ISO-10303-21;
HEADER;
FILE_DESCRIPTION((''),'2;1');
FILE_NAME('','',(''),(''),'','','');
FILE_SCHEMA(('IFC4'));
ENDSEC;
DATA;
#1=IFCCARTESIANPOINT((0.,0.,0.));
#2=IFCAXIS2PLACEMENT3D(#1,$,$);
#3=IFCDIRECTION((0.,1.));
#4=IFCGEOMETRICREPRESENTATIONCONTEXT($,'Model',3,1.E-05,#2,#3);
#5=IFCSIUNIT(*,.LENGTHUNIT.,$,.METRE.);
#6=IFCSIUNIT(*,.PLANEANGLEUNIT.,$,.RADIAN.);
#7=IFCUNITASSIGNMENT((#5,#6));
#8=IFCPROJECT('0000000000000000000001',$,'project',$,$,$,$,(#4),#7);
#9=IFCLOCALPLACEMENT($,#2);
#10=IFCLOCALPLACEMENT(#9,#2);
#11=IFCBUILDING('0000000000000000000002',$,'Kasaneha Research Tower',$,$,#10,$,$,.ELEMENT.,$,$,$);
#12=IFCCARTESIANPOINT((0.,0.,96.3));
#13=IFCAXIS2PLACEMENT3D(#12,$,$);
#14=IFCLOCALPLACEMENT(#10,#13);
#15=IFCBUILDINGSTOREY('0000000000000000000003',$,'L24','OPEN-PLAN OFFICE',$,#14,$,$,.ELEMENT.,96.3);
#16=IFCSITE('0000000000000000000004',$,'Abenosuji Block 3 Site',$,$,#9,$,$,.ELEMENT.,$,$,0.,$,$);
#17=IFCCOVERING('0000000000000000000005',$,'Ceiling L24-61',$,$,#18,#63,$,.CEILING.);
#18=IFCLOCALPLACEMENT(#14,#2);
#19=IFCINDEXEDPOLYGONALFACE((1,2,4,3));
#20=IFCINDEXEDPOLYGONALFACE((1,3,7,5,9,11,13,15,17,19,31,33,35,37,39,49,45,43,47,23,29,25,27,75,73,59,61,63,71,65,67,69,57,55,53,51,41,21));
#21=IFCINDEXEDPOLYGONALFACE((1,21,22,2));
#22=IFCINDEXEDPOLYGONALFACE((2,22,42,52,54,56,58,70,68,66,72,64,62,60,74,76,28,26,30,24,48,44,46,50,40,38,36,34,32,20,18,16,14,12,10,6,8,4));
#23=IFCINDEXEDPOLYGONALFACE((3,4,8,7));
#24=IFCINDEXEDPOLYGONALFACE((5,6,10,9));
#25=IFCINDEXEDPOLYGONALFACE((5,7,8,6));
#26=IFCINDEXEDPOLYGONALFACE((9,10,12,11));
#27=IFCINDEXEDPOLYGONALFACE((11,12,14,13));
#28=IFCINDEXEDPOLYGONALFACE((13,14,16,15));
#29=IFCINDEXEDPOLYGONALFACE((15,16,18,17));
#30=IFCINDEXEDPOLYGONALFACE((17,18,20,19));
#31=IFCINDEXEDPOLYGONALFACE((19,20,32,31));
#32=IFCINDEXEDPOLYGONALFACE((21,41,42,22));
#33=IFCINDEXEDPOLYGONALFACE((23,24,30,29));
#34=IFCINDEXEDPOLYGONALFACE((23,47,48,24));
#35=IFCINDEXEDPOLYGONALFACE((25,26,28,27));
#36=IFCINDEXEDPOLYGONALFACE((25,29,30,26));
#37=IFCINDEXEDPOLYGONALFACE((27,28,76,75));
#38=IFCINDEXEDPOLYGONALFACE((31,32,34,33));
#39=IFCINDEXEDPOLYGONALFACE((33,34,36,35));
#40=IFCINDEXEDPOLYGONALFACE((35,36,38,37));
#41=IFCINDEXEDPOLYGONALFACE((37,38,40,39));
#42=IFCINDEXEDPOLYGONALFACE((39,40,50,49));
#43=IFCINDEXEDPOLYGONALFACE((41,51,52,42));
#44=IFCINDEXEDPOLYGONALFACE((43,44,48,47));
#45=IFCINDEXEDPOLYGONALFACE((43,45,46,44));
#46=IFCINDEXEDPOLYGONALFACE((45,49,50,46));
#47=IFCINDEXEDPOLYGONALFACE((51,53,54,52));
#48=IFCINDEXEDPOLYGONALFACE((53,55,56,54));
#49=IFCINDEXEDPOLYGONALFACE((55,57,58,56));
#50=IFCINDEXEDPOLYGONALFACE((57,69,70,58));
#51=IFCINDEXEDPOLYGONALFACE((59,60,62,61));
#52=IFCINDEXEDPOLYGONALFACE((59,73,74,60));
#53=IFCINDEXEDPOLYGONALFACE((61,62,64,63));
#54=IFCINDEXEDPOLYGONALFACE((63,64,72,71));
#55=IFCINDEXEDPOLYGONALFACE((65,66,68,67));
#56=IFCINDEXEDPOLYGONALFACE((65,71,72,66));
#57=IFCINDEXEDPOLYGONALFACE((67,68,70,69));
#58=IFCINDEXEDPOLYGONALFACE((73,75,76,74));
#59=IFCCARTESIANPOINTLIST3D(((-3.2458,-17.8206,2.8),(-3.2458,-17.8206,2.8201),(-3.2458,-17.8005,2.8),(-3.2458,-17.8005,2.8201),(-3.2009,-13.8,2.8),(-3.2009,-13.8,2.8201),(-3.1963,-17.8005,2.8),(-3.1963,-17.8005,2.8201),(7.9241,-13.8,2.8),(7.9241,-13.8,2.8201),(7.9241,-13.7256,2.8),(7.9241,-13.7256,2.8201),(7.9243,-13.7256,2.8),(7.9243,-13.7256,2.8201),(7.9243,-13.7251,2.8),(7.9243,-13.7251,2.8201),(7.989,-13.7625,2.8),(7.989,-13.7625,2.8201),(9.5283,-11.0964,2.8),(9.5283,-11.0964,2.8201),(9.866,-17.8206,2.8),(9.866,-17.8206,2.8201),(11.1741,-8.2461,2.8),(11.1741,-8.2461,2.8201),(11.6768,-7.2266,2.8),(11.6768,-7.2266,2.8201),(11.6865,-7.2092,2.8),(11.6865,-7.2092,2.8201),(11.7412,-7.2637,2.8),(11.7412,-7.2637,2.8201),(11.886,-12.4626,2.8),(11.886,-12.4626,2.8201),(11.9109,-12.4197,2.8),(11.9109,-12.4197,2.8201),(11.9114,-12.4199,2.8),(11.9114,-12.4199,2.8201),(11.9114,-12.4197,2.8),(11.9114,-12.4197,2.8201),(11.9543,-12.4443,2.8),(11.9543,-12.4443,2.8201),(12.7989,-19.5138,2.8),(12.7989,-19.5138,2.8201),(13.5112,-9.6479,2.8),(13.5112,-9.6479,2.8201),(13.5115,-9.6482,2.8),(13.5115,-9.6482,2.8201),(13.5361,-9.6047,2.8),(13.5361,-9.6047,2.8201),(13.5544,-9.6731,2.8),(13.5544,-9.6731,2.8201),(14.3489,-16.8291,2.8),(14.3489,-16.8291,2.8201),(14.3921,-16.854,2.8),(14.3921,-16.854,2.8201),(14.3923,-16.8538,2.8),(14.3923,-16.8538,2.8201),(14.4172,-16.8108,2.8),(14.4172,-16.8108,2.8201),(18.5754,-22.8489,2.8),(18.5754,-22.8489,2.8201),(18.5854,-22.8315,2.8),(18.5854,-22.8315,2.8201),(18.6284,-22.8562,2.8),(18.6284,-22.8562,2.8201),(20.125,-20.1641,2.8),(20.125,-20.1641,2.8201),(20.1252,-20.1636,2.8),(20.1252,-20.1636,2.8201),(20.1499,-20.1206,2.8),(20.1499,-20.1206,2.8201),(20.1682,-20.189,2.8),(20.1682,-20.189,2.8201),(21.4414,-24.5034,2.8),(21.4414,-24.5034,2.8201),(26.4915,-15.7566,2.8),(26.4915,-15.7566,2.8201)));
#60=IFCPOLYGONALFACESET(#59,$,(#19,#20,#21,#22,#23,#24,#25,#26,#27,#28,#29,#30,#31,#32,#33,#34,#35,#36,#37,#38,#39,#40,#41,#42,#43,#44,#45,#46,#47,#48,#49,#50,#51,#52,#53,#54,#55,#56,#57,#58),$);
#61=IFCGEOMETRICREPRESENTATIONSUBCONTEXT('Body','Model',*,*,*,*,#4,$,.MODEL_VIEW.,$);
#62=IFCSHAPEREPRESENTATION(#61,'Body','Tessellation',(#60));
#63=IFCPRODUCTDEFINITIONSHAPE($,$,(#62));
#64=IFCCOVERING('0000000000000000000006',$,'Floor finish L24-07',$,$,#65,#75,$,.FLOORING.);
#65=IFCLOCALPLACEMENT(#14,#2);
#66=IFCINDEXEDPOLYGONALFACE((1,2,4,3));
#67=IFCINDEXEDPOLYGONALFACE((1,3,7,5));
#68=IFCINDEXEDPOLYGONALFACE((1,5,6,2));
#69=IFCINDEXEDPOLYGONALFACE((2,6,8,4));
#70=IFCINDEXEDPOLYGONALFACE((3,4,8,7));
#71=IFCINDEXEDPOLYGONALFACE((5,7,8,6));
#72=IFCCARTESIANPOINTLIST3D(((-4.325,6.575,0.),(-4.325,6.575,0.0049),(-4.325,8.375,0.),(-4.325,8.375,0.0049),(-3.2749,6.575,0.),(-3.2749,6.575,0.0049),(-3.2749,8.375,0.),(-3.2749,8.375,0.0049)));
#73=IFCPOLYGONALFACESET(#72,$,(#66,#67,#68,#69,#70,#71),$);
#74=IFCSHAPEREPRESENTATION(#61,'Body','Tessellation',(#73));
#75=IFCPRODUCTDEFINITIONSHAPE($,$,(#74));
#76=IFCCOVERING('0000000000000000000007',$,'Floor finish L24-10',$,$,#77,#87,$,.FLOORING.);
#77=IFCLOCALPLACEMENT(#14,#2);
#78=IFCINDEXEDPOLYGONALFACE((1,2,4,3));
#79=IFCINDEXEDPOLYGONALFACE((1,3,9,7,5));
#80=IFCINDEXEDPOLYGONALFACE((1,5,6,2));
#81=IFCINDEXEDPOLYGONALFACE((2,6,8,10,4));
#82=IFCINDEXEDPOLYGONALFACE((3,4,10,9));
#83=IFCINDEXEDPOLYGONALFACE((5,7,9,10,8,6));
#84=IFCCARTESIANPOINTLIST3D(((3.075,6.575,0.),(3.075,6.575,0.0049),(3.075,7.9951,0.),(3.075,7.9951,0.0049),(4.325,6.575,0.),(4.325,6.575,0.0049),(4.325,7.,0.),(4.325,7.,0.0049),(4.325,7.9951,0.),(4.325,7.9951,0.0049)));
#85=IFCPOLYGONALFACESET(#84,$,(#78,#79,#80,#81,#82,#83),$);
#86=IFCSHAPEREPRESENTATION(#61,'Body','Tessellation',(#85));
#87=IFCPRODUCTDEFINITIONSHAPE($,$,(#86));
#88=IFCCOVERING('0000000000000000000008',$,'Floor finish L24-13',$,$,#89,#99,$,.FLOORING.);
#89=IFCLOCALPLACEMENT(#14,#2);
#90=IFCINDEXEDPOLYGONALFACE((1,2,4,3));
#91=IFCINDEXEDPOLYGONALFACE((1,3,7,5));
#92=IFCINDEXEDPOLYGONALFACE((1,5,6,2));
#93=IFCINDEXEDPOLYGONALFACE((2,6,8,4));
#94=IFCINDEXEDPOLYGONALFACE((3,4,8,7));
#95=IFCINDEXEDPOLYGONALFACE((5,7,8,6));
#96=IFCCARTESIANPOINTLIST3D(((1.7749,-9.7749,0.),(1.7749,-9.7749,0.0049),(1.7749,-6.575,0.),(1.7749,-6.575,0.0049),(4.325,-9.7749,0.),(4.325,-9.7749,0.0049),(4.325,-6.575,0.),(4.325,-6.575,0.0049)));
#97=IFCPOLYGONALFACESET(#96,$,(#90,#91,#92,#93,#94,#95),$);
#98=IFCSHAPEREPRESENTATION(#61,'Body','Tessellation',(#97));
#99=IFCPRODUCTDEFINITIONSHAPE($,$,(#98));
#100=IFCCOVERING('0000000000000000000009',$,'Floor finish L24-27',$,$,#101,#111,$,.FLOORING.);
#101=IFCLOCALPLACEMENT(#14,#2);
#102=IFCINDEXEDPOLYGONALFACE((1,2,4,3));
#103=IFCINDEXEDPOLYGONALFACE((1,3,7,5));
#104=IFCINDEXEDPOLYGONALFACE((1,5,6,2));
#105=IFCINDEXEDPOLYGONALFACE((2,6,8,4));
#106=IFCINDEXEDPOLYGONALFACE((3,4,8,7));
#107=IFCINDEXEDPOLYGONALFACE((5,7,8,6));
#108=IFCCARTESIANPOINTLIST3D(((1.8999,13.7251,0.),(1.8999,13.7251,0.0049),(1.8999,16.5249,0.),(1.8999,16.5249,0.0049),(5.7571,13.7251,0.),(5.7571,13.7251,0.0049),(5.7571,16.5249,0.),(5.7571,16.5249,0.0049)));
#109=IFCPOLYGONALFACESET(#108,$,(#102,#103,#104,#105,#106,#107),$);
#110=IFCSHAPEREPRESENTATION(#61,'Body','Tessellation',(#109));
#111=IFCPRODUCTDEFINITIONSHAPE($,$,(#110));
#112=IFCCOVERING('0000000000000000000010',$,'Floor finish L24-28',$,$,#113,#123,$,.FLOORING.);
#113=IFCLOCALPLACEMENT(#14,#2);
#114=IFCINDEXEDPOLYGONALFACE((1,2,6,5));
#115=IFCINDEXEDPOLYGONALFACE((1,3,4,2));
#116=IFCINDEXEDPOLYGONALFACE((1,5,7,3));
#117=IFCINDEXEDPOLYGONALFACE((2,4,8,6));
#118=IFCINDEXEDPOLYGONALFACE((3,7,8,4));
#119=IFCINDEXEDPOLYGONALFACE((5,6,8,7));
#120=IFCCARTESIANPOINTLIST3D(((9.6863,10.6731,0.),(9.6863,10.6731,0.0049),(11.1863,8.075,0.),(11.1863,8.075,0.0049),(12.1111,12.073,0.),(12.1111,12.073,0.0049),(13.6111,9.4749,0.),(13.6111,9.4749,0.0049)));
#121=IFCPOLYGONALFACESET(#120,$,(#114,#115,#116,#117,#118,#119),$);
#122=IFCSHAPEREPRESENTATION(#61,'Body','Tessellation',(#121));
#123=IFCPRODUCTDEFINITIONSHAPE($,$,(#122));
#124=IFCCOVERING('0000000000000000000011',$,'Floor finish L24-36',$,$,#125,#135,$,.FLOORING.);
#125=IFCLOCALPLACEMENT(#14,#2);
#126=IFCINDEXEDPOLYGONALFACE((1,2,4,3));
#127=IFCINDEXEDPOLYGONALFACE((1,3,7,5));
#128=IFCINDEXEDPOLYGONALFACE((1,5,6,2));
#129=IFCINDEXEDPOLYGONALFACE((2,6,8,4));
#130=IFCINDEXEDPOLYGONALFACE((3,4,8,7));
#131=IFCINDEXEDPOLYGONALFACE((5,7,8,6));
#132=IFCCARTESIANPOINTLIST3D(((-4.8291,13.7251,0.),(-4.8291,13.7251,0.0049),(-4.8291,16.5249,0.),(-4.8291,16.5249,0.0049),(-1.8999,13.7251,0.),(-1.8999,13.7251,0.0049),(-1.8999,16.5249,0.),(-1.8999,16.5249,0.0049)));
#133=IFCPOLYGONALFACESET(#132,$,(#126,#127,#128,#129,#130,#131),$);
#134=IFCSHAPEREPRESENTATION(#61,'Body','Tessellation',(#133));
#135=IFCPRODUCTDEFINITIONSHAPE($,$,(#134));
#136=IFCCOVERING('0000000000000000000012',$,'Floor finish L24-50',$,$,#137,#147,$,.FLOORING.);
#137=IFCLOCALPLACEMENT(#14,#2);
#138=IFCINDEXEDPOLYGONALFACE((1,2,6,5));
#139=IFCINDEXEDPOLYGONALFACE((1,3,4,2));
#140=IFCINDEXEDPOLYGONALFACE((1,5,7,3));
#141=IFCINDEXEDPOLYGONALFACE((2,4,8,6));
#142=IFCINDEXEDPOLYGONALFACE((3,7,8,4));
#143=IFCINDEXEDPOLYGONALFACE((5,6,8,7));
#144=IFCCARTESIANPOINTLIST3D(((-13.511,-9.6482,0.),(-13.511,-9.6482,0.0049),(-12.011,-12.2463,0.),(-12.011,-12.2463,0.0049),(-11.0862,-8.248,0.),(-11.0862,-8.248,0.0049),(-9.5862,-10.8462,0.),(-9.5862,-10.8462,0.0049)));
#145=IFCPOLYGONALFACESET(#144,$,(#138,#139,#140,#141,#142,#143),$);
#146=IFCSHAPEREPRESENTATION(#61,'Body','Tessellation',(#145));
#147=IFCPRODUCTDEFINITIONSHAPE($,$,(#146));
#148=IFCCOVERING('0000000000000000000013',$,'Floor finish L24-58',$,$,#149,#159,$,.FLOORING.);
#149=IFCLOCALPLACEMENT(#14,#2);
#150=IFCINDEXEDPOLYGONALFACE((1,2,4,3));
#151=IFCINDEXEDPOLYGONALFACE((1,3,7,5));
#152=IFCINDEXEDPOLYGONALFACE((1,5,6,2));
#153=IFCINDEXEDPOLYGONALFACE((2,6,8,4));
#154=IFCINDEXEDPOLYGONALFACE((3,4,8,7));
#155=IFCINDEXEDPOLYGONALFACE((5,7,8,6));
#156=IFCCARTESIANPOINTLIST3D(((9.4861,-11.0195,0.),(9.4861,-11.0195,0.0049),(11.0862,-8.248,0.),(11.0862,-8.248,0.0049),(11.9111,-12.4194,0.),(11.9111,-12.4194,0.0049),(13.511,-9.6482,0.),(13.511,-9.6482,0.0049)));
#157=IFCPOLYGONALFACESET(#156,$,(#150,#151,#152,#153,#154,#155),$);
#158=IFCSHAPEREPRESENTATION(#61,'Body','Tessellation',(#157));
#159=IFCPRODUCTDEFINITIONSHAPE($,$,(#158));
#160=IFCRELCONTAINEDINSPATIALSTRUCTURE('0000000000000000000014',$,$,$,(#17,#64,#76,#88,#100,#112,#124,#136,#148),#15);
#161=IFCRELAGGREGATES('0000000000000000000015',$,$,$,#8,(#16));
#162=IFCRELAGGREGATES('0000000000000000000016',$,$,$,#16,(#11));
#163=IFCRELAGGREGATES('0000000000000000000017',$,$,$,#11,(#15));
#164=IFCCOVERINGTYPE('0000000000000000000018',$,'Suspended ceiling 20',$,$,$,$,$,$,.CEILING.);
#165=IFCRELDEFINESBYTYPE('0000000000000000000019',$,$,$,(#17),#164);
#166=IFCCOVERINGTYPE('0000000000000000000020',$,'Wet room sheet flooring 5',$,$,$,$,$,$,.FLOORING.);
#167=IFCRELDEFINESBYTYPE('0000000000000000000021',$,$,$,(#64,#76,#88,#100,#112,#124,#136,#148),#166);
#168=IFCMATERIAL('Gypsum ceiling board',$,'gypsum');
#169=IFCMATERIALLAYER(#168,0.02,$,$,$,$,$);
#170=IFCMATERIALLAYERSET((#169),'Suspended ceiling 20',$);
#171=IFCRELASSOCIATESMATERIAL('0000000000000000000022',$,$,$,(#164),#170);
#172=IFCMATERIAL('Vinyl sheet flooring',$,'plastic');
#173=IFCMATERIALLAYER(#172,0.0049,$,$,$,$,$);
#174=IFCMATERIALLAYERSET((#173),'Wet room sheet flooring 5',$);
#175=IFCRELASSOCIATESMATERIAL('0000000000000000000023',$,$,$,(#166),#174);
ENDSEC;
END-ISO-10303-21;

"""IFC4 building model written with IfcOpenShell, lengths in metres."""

from ifc_helpers import new_model, si_unit, direction, frame, origin, place, context, subcontext, project, spatial, polyline, outline, extrude, material, layer, layer_set, type_object, element, save


model = new_model("IFC4")

# Units and contexts
model_context = context("Model", 3, precision=1e-05, world=origin(), true_north=direction((0.0, 1.0)))
body_context = subcontext(model_context, "Body", "Model", "MODEL_VIEW")
ifc_project = project(units=[si_unit("LENGTHUNIT", "METRE"), si_unit("PLANEANGLEUNIT", "RADIAN")], contexts=[model_context])

# Site, building, storey
site_placement = place(None, origin())
site = spatial("IfcSite", under=ifc_project, at=site_placement, Name="Abenosuji Block 3 Site", CompositionType="ELEMENT", RefElevation=0.0)
building_placement = place(site_placement, origin())
building = spatial("IfcBuilding", under=site, at=building_placement, Name="Kasaneha Research Tower", CompositionType="ELEMENT")
storey_placement = place(building_placement, frame((0.0, 0.0, 96.3)))
storey = spatial("IfcBuildingStorey", under=building, at=storey_placement, Name="L24", Description="OPEN-PLAN OFFICE", CompositionType="ELEMENT", Elevation=96.3)

# Coverings
ifc_material_1 = material(Name="Gypsum ceiling board", Category="gypsum")
ifc_layer_1 = layer(ifc_material_1, 0.02)
ifc_layer_set_1 = layer_set([ifc_layer_1], Name="Suspended ceiling 20")
covering_type_1 = type_object("IfcCoveringType", Name="Suspended ceiling 20", PredefinedType="CEILING", material=ifc_layer_set_1)
covering_1_placement = place(storey_placement, frame((0.0, 0.0, 2.8)))
element("IfcCovering", 1, at=covering_1_placement, inside=storey, type_object=covering_type_1, Name="Ceiling L24-61", PredefinedType="CEILING", context=body_context, shape_type="SweptSolid", body=[
    extrude(outline(polyline([(7.9243, -13.7256), (7.9243, -13.7251), (7.989, -13.7625), (9.5283, -11.0964), (11.886, -12.4626), (11.9109, -12.4197), (11.9114, -12.4199), (11.9114, -12.4197), (11.9543, -12.4443), (13.5544, -9.6731), (13.5115, -9.6482), (13.5115, -9.6482), (13.5112, -9.6479), (13.5361, -9.6047), (11.1741, -8.2461), (11.7412, -7.2637), (11.6768, -7.2266), (11.6865, -7.2092), (26.4915, -15.7566), (21.4414, -24.5034), (18.5754, -22.8489), (18.5854, -22.8315), (18.6284, -22.8562), (20.1682, -20.189), (20.125, -20.1641), (20.1252, -20.1636), (20.1252, -20.1636), (20.1499, -20.1206), (14.4172, -16.8108), (14.3923, -16.8538), (14.3923, -16.8538), (14.3921, -16.854), (14.3489, -16.8291), (12.7988, -19.5139), (12.8418, -19.5386), (12.8418, -19.5386), (9.866, -17.8206), (-3.2458, -17.8206), (-3.2458, -17.8005), (-3.1963, -17.8005), (-3.2009, -13.8), (7.9241, -13.8), (7.9241, -13.7256), (7.9243, -13.7256)])), origin(), (0.0, 0.0, 1.0), 0.02),
])
ifc_material_2 = material(Name="Vinyl sheet flooring", Category="plastic")
ifc_layer_2 = layer(ifc_material_2, 0.0049)
ifc_layer_set_2 = layer_set([ifc_layer_2], Name="Wet room sheet flooring 5")
covering_type_2 = type_object("IfcCoveringType", Name="Wet room sheet flooring 5", PredefinedType="FLOORING", material=ifc_layer_set_2)
covering_2_placement = place(storey_placement, origin())
element("IfcCovering", 2, at=covering_2_placement, inside=storey, type_object=covering_type_2, Name="Floor finish L24-07", PredefinedType="FLOORING", context=body_context, shape_type="SweptSolid", body=[
    extrude(outline(polyline([(-4.325, 6.575), (-4.325, 8.375), (-3.2749, 8.375), (-3.2749, 6.575), (-4.325, 6.575)])), origin(), (0.0, 0.0, 1.0), 0.0049),
])
covering_3_placement = place(storey_placement, origin())
element("IfcCovering", 3, at=covering_3_placement, inside=storey, type_object=covering_type_2, Name="Floor finish L24-10", PredefinedType="FLOORING", context=body_context, shape_type="SweptSolid", body=[
    extrude(outline(polyline([(3.075, 6.575), (3.075, 7.9951), (4.325, 7.9951), (4.325, 7.0), (4.325, 6.575), (3.075, 6.575)])), origin(), (0.0, 0.0, 1.0), 0.0049),
])
covering_4_placement = place(storey_placement, origin())
element("IfcCovering", 4, at=covering_4_placement, inside=storey, type_object=covering_type_2, Name="Floor finish L24-13", PredefinedType="FLOORING", context=body_context, shape_type="SweptSolid", body=[
    extrude(outline(polyline([(1.7749, -9.7749), (1.7749, -6.575), (4.325, -6.575), (4.325, -9.7749), (1.7749, -9.7749)])), origin(), (0.0, 0.0, 1.0), 0.0049),
])
covering_5_placement = place(storey_placement, origin())
element("IfcCovering", 5, at=covering_5_placement, inside=storey, type_object=covering_type_2, Name="Floor finish L24-27", PredefinedType="FLOORING", context=body_context, shape_type="SweptSolid", body=[
    extrude(outline(polyline([(1.8999, 16.5249), (5.7571, 16.5249), (5.7571, 13.7251), (1.8999, 13.7251), (1.8999, 16.5249)])), origin(), (0.0, 0.0, 1.0), 0.0049),
])
covering_6_placement = place(storey_placement, origin())
element("IfcCovering", 6, at=covering_6_placement, inside=storey, type_object=covering_type_2, Name="Floor finish L24-28", PredefinedType="FLOORING", context=body_context, shape_type="SweptSolid", body=[
    extrude(outline(polyline([(12.1111, 12.073), (13.6111, 9.4749), (11.1863, 8.075), (9.6863, 10.6731), (12.1111, 12.073)])), origin(), (0.0, 0.0, 1.0), 0.0049),
])
covering_7_placement = place(storey_placement, origin())
element("IfcCovering", 7, at=covering_7_placement, inside=storey, type_object=covering_type_2, Name="Floor finish L24-36", PredefinedType="FLOORING", context=body_context, shape_type="SweptSolid", body=[
    extrude(outline(polyline([(-4.8291, 16.5249), (-1.8999, 16.5249), (-1.8999, 13.7251), (-4.8291, 13.7251), (-4.8291, 16.5249)])), origin(), (0.0, 0.0, 1.0), 0.0049),
])
covering_8_placement = place(storey_placement, origin())
element("IfcCovering", 8, at=covering_8_placement, inside=storey, type_object=covering_type_2, Name="Floor finish L24-50", PredefinedType="FLOORING", context=body_context, shape_type="SweptSolid", body=[
    extrude(outline(polyline([(-12.011, -12.2463), (-13.511, -9.6482), (-11.0862, -8.248), (-9.5862, -10.8462), (-12.011, -12.2463)])), origin(), (0.0, 0.0, 1.0), 0.0049),
])
covering_9_placement = place(storey_placement, origin())
element("IfcCovering", 9, at=covering_9_placement, inside=storey, type_object=covering_type_2, Name="Floor finish L24-58", PredefinedType="FLOORING", context=body_context, shape_type="SweptSolid", body=[
    extrude(outline(polyline([(13.511, -9.6482), (11.9111, -12.4194), (9.4861, -11.0195), (11.0862, -8.248), (13.511, -9.6482)])), origin(), (0.0, 0.0, 1.0), 0.0049),
])

save(model, "model.ifc")
